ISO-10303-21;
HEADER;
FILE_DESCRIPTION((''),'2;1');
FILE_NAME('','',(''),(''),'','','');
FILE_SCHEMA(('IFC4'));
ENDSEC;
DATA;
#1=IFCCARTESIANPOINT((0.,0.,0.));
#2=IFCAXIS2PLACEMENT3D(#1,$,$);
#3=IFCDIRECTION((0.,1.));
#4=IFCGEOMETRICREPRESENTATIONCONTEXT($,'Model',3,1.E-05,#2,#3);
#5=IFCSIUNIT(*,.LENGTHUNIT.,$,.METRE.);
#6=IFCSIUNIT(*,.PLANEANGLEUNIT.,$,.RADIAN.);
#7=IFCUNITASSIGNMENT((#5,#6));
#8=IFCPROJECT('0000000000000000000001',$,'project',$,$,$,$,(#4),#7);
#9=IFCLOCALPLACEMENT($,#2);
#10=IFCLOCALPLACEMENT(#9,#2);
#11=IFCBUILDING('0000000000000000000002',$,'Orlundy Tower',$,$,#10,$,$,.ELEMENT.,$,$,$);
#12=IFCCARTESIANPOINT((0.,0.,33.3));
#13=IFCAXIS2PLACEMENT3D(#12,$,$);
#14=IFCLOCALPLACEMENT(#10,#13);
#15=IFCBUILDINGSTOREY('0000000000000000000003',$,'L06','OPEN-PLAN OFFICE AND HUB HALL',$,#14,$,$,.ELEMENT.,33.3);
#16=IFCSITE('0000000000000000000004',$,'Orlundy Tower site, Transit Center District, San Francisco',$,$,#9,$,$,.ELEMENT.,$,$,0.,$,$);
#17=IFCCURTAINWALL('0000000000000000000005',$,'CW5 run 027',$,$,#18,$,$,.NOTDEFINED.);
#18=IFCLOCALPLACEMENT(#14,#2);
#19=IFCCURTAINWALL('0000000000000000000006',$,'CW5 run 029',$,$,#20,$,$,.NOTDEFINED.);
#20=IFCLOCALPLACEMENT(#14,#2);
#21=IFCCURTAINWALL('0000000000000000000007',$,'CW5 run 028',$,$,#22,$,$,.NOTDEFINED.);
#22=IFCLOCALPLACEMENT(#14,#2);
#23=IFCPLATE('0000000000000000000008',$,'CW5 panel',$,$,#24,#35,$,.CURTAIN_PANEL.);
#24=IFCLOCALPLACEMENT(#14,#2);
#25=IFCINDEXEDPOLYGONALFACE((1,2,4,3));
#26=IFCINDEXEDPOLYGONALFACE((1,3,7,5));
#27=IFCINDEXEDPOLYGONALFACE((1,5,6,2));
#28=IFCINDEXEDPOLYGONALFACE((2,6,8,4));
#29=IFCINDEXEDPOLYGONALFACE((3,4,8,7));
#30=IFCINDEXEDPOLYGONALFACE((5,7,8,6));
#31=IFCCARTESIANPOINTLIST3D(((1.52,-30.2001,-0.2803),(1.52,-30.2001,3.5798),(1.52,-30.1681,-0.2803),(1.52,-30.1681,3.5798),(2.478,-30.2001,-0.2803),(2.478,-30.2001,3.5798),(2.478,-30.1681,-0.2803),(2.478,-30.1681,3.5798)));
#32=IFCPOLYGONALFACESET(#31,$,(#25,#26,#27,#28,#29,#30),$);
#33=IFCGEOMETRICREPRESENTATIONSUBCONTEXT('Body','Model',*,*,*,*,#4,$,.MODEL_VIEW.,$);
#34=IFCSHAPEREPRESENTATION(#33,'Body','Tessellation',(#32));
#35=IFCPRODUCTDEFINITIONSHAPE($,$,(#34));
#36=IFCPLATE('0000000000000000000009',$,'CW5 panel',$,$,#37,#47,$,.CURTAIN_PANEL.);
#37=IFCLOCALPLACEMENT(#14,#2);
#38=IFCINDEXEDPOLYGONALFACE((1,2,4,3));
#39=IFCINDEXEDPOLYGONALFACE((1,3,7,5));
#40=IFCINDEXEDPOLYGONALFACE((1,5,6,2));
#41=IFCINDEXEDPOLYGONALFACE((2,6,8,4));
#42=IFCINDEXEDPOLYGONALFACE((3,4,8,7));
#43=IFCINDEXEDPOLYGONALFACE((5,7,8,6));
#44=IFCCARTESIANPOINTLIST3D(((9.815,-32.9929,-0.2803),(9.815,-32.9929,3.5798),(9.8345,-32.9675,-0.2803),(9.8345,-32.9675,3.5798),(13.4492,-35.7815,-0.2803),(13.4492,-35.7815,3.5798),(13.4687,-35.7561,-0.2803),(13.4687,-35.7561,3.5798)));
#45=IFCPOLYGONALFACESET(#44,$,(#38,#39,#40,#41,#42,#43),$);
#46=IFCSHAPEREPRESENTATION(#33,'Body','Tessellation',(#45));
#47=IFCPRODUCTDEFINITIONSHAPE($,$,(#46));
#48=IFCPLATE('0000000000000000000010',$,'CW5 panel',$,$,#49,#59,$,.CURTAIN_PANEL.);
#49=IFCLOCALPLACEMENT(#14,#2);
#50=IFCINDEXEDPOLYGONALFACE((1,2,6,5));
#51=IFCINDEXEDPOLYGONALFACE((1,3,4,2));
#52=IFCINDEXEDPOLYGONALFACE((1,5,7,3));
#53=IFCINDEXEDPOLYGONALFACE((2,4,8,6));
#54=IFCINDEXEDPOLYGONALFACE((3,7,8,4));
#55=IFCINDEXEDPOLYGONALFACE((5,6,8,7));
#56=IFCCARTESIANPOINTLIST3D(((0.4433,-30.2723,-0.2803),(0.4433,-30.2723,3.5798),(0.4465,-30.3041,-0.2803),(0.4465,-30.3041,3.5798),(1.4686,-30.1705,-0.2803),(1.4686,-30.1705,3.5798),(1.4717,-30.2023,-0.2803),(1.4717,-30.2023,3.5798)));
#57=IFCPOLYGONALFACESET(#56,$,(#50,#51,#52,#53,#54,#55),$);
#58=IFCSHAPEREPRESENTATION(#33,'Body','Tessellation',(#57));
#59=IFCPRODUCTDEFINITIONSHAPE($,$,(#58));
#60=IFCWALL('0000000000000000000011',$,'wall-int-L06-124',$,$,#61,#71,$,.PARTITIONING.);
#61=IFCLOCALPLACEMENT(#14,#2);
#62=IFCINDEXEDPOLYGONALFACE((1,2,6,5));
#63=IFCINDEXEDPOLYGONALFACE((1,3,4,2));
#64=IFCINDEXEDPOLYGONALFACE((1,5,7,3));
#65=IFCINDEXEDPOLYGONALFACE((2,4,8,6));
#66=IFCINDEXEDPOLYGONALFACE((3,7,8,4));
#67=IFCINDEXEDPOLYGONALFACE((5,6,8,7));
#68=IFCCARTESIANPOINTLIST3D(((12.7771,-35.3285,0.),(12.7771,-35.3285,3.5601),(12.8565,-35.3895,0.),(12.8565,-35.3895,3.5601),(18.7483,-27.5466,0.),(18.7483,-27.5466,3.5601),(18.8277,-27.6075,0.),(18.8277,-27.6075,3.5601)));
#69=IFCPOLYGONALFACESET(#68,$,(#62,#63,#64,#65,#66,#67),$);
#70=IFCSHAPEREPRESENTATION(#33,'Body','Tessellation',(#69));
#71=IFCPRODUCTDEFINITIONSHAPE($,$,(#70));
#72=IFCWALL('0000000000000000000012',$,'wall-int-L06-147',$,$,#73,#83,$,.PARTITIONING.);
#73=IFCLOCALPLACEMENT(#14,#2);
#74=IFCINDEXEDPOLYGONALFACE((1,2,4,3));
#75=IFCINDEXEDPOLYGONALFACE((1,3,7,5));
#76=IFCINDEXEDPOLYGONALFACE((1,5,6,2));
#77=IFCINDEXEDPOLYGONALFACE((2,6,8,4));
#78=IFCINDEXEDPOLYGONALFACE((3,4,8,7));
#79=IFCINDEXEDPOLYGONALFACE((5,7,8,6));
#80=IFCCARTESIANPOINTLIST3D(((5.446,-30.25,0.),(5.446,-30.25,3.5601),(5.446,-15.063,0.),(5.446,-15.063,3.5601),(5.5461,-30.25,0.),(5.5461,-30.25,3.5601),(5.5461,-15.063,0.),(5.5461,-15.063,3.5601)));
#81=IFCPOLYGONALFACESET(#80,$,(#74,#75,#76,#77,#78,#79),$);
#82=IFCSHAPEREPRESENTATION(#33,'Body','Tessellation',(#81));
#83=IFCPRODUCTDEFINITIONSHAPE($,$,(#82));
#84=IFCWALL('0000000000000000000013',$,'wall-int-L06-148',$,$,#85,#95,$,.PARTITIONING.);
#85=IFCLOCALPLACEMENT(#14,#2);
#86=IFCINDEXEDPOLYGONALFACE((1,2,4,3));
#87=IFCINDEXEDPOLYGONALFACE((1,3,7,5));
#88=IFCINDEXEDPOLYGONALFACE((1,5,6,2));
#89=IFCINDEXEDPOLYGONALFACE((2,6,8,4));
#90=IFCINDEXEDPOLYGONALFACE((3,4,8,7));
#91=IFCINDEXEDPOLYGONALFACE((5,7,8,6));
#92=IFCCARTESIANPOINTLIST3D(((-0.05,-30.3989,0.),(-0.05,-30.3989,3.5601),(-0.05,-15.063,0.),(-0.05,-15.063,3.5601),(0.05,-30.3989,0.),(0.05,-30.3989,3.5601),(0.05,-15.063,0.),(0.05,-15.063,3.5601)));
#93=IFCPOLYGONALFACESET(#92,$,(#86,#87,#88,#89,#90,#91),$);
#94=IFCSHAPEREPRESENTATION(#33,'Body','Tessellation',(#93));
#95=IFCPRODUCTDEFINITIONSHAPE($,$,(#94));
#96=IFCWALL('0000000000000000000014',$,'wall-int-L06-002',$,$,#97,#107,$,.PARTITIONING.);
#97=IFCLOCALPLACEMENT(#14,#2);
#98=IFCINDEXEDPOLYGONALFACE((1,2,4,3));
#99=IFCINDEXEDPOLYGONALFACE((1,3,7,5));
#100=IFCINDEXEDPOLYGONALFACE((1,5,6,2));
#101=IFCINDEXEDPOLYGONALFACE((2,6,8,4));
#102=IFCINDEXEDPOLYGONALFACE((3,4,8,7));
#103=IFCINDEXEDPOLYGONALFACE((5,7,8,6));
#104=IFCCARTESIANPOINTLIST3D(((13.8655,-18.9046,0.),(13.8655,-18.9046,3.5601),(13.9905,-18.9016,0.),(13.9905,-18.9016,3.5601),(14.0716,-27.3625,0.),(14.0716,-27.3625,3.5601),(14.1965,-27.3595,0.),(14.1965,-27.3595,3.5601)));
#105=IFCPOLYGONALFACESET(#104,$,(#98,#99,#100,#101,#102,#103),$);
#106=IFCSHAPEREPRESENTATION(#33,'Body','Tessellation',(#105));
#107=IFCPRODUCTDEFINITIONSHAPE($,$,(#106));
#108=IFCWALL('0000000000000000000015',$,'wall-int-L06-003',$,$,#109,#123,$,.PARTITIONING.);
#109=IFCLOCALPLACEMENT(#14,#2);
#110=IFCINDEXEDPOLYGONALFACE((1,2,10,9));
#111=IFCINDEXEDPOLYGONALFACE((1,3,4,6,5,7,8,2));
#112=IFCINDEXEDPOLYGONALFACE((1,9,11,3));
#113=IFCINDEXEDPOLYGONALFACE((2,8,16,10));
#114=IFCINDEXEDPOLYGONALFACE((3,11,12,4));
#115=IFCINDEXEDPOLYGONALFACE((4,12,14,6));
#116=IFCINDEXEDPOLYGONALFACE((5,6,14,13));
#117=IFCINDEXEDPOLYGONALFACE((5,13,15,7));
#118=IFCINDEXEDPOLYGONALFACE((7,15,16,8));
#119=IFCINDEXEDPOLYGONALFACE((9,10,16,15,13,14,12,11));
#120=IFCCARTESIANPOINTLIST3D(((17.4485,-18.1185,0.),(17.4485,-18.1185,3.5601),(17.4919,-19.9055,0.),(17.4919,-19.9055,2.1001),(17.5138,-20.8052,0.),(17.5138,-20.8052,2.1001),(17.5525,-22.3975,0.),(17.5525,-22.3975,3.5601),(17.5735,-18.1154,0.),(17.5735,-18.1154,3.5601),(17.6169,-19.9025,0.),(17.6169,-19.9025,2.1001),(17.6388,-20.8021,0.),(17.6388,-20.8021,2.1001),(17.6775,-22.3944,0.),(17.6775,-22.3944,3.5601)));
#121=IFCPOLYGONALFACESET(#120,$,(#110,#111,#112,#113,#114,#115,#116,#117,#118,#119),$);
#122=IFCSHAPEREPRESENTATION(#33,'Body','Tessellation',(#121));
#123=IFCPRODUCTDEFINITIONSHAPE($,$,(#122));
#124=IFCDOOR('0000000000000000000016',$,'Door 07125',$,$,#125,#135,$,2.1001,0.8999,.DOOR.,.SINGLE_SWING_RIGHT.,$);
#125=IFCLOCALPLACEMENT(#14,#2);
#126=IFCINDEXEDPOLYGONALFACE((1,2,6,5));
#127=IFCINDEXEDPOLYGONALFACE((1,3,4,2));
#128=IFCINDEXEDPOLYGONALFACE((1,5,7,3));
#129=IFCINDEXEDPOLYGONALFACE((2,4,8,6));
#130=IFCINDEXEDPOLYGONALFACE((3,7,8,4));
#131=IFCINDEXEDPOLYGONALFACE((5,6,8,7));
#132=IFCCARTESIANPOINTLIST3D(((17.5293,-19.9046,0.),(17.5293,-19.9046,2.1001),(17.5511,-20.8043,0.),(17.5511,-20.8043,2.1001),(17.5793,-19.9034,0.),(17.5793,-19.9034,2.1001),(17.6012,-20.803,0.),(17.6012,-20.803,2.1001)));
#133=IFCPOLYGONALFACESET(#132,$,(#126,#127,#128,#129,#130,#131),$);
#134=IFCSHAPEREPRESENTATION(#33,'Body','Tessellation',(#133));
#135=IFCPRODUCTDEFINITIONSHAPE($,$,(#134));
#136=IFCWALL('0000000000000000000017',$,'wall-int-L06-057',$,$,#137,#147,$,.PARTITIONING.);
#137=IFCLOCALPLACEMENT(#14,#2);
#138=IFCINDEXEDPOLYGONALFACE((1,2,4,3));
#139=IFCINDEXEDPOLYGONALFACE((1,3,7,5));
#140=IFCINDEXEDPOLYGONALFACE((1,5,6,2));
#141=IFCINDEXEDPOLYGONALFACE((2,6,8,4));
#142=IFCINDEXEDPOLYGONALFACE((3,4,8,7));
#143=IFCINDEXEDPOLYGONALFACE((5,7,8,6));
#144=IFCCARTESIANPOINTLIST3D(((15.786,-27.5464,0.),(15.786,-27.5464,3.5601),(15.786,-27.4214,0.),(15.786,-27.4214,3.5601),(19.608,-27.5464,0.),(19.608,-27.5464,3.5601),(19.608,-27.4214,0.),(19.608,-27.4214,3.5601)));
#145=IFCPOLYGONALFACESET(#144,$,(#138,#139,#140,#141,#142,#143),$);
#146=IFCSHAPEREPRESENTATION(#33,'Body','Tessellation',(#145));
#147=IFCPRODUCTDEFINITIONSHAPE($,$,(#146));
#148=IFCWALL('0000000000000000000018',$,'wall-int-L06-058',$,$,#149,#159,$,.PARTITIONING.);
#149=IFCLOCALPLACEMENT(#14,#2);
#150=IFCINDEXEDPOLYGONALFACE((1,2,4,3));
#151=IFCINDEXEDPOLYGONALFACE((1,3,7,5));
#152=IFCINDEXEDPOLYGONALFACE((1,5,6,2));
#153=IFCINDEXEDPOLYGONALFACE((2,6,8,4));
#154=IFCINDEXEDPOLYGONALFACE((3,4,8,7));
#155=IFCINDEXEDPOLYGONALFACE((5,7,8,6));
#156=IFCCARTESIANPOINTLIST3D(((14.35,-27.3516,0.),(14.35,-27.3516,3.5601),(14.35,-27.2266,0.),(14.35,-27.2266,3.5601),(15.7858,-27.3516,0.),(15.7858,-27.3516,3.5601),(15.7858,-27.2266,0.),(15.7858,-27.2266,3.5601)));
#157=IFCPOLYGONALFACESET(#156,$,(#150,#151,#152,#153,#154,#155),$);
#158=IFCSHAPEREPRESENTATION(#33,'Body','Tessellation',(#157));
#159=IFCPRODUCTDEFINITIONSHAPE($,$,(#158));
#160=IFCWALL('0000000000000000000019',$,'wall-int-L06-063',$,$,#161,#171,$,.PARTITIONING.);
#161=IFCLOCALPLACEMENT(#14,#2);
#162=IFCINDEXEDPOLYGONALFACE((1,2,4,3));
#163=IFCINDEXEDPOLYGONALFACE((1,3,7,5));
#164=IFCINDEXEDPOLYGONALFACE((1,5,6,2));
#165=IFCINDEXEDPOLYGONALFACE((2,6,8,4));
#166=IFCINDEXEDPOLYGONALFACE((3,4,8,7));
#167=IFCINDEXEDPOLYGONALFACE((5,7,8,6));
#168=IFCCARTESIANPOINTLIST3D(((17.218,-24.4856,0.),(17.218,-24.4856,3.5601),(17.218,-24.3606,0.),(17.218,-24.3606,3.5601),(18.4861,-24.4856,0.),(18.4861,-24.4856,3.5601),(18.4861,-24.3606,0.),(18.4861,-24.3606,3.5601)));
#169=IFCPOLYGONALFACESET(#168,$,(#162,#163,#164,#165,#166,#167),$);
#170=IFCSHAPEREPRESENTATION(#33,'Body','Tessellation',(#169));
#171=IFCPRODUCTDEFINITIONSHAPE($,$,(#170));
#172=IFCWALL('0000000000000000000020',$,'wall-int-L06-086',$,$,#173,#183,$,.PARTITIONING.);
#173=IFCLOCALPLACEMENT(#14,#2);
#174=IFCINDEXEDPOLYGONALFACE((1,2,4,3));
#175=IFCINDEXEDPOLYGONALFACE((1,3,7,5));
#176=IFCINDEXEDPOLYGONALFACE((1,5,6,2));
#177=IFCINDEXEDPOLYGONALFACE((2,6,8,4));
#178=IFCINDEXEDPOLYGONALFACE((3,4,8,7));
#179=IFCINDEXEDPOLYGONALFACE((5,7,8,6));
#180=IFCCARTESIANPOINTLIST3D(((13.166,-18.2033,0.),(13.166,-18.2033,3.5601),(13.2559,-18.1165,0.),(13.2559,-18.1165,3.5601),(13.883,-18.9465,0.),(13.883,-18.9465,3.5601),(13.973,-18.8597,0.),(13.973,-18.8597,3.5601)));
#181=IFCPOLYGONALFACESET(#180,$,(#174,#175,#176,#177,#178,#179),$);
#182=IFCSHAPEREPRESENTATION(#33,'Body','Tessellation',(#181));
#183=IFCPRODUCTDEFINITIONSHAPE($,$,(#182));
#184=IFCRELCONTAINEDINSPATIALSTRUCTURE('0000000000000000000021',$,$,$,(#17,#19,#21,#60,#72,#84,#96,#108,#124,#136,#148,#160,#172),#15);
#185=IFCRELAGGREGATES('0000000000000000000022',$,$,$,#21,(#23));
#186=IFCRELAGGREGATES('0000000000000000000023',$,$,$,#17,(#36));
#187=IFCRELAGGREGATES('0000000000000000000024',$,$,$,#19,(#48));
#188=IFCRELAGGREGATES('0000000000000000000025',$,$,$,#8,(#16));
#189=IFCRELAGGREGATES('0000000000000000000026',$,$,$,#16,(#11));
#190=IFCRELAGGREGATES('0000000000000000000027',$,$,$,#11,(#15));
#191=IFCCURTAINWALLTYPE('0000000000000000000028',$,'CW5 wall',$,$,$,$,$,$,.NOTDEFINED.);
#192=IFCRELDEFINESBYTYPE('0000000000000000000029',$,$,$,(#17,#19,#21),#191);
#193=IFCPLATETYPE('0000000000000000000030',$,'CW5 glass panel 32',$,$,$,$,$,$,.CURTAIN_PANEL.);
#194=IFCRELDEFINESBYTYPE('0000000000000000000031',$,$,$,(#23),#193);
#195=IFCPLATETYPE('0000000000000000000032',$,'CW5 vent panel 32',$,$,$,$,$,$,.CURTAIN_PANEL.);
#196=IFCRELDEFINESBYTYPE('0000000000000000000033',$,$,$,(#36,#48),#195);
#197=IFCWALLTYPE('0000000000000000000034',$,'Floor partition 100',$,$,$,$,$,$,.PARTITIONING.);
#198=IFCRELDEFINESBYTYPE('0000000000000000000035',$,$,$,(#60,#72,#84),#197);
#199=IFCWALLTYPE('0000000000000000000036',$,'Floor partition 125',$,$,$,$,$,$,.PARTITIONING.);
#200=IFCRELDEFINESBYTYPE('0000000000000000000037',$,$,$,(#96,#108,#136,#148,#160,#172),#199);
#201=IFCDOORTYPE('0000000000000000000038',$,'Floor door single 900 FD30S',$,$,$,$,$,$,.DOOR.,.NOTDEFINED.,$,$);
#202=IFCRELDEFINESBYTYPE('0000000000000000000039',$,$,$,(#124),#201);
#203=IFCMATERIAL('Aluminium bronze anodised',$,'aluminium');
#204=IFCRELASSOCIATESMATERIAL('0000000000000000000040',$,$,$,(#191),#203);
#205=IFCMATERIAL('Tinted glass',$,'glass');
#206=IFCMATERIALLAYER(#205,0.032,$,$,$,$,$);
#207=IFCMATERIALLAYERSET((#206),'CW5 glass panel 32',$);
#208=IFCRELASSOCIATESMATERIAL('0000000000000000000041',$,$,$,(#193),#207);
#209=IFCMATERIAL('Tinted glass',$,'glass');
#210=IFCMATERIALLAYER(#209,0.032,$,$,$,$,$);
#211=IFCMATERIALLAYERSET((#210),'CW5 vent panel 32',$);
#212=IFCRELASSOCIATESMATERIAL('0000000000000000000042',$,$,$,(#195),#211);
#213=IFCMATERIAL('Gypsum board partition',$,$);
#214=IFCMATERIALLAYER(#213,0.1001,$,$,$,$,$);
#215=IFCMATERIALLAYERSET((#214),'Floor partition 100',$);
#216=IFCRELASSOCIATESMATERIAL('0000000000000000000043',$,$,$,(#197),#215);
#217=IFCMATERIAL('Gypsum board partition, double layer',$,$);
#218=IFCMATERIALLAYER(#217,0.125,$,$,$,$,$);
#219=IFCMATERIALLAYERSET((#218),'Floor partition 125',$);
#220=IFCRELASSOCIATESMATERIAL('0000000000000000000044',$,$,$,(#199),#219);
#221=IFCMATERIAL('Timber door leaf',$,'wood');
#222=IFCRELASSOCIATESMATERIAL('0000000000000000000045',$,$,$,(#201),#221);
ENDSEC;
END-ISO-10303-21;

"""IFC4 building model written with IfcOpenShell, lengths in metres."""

from ifc_helpers import new_model, si_unit, direction, frame, frame_2d, origin, origin_2d, place, context, subcontext, project, spatial, rectangle, extrude, material, layer, layer_set, type_object, element, fill, aggregate, save


model = new_model("IFC4")

# Units and contexts
model_context = context("Model", 3, precision=1e-05, world=origin(), true_north=direction((0.0, 1.0)))
body_context = subcontext(model_context, "Body", "Model", "MODEL_VIEW")
ifc_project = project(units=[si_unit("LENGTHUNIT", "METRE"), si_unit("PLANEANGLEUNIT", "RADIAN")], contexts=[model_context])

# Site, building, storey
site_placement = place(None, origin())
site = spatial("IfcSite", under=ifc_project, at=site_placement, Name="Orlundy Tower site, Transit Center District, San Francisco", CompositionType="ELEMENT", RefElevation=0.0)
building_placement = place(site_placement, origin())
building = spatial("IfcBuilding", under=site, at=building_placement, Name="Orlundy Tower", CompositionType="ELEMENT")
storey_placement = place(building_placement, frame((0.0, 0.0, 33.3)))
storey = spatial("IfcBuildingStorey", under=building, at=storey_placement, Name="L06", Description="OPEN-PLAN OFFICE AND HUB HALL", CompositionType="ELEMENT", Elevation=33.3)

# Curtain wall
ifc_material_1 = material(Name="Aluminium bronze anodised", Category="aluminium")
curtain_wall_type = type_object("IfcCurtainWallType", Name="CW5 wall", PredefinedType="NOTDEFINED", material=ifc_material_1)
curtain_wall_1_placement = place(storey_placement, origin())
curtain_wall_1 = element("IfcCurtainWall", 1, at=curtain_wall_1_placement, inside=storey, type_object=curtain_wall_type, Name="CW5 run 027", PredefinedType="NOTDEFINED")

# Curtain wall
curtain_wall_2_placement = place(storey_placement, origin())
curtain_wall_2 = element("IfcCurtainWall", 2, at=curtain_wall_2_placement, inside=storey, type_object=curtain_wall_type, Name="CW5 run 029", PredefinedType="NOTDEFINED")

# Curtain wall
curtain_wall_3_placement = place(storey_placement, origin())
curtain_wall_3 = element("IfcCurtainWall", 3, at=curtain_wall_3_placement, inside=storey, type_object=curtain_wall_type, Name="CW5 run 028", PredefinedType="NOTDEFINED")

# Plates
ifc_material_2 = material(Name="Tinted glass", Category="glass")
ifc_layer_1 = layer(ifc_material_2, 0.032)
ifc_layer_set_1 = layer_set([ifc_layer_1], Name="CW5 glass panel 32")
plate_type_1 = type_object("IfcPlateType", Name="CW5 glass panel 32", PredefinedType="CURTAIN_PANEL", material=ifc_layer_set_1)
plate_1_placement = place(storey_placement, frame((1.999, -30.1841, -0.2803), z_axis=(0.0, 0.0, 1.0), x_axis=(-1.0, 0.0, 0.0)))
plate_1 = element("IfcPlate", 4, at=plate_1_placement, type_object=plate_type_1, Name="CW5 panel", PredefinedType="CURTAIN_PANEL", context=body_context, shape_type="SweptSolid", body=[
    extrude(rectangle(XDim=0.958, YDim=0.032, at=origin_2d()), origin(), (0.0, 0.0, 1.0), 3.8601),
])
aggregate(curtain_wall_3, [plate_1])
ifc_material_3 = material(Name="Tinted glass", Category="glass")
ifc_layer_2 = layer(ifc_material_3, 0.032)
ifc_layer_set_2 = layer_set([ifc_layer_2], Name="CW5 vent panel 32")
plate_type_2 = type_object("IfcPlateType", Name="CW5 vent panel 32", PredefinedType="CURTAIN_PANEL", material=ifc_layer_set_2)
plate_2_placement = place(storey_placement, frame((11.6418, -34.3745, -0.2803), z_axis=(0.0, 0.0, 1.0), x_axis=(-0.793357, 0.608757, 0.0)))
plate_2 = element("IfcPlate", 5, at=plate_2_placement, type_object=plate_type_2, Name="CW5 panel", PredefinedType="CURTAIN_PANEL", context=body_context, shape_type="SweptSolid", body=[
    extrude(rectangle(XDim=4.5808, YDim=0.032, at=origin_2d()), origin(), (0.0, 0.0, 1.0), 3.8601),
])
aggregate(curtain_wall_1, [plate_2])
plate_3_placement = place(storey_placement, frame((0.9575, -30.2373, -0.2803), z_axis=(0.0, 0.0, 1.0), x_axis=(-0.995112, -0.098755, 0.0)))
plate_3 = element("IfcPlate", 6, at=plate_3_placement, type_object=plate_type_2, Name="CW5 panel", PredefinedType="CURTAIN_PANEL", context=body_context, shape_type="SweptSolid", body=[
    extrude(rectangle(XDim=1.0303, YDim=0.032, at=origin_2d()), origin(), (0.0, 0.0, 1.0), 3.8601),
])
aggregate(curtain_wall_2, [plate_3])

# Walls
ifc_material_4 = material(Name="Gypsum board partition")
ifc_layer_3 = layer(ifc_material_4, 0.1001)
ifc_layer_set_3 = layer_set([ifc_layer_3], Name="Floor partition 100")
wall_type_1 = type_object("IfcWallType", Name="Floor partition 100", PredefinedType="PARTITIONING", material=ifc_layer_set_3)
wall_1_placement = place(storey_placement, frame((12.8169, -35.3589, 0.0), z_axis=(0.0, 0.0, 1.0), x_axis=(0.608753, 0.79336, 0.0)))
element("IfcWall", 7, at=wall_1_placement, inside=storey, type_object=wall_type_1, Name="wall-int-L06-124", PredefinedType="PARTITIONING", context=body_context, shape_type="SweptSolid", body=[
    extrude(rectangle(XDim=9.8088, YDim=0.1001, at=frame_2d((4.9043, 0.0))), origin(), (0.0, 0.0, 1.0), 3.5601),
])
wall_2_placement = place(storey_placement, frame((5.4961, -30.25, 0.0), z_axis=(0.0, 0.0, 1.0), x_axis=(0.0, 1.0, 0.0)))
element("IfcWall", 8, at=wall_2_placement, inside=storey, type_object=wall_type_1, Name="wall-int-L06-147", PredefinedType="PARTITIONING", context=body_context, shape_type="SweptSolid", body=[
    extrude(rectangle(XDim=15.187, YDim=0.1001, at=frame_2d((7.5935, 0.0))), origin(), (0.0, 0.0, 1.0), 3.5601),
])
wall_3_placement = place(storey_placement, frame((0.0, -30.3989, 0.0), z_axis=(0.0, 0.0, 1.0), x_axis=(0.0, 1.0, 0.0)))
element("IfcWall", 9, at=wall_3_placement, inside=storey, type_object=wall_type_1, Name="wall-int-L06-148", PredefinedType="PARTITIONING", context=body_context, shape_type="SweptSolid", body=[
    extrude(rectangle(XDim=15.3359, YDim=0.1001, at=frame_2d((7.668, 0.0))), origin(), (0.0, 0.0, 1.0), 3.5601),
])
ifc_material_5 = material(Name="Gypsum board partition, double layer")
ifc_layer_4 = layer(ifc_material_5, 0.125)
ifc_layer_set_4 = layer_set([ifc_layer_4], Name="Floor partition 125")
wall_type_2 = type_object("IfcWallType", Name="Floor partition 125", PredefinedType="PARTITIONING", material=ifc_layer_set_4)
wall_4_placement = place(storey_placement, frame((13.928, -18.9031, 0.0), z_axis=(0.0, 0.0, 1.0), x_axis=(0.024355, -0.999703, 0.0)))
element("IfcWall", 10, at=wall_4_placement, inside=storey, type_object=wall_type_2, Name="wall-int-L06-002", PredefinedType="PARTITIONING", context=body_context, shape_type="SweptSolid", body=[
    extrude(rectangle(XDim=8.4604, YDim=0.125, at=frame_2d((4.2302, 0.0))), origin(), (0.0, 0.0, 1.0), 3.5601),
])

# Wall, opening, door
wall_5_placement = place(storey_placement, frame((17.511, -18.1169, 0.0), z_axis=(0.0, 0.0, 1.0), x_axis=(0.024298, -0.999705, 0.0)))
wall_5 = element("IfcWall", 11, at=wall_5_placement, inside=storey, type_object=wall_type_2, Name="wall-int-L06-003", PredefinedType="PARTITIONING", context=body_context, shape_type="SweptSolid", body=[
    extrude(rectangle(XDim=4.2803, YDim=0.125, at=frame_2d((2.1401, 0.0))), origin(), (0.0, 0.0, 1.0), 3.5601),
])
opening_placement = place(wall_5_placement, frame((1.7876, 0.0, 0.0)))
opening = element("IfcOpeningElement", 12, at=opening_placement, cuts=wall_5, PredefinedType="OPENING", context=body_context, shape_type="SweptSolid", body=[
    extrude(rectangle(XDim=0.8999, YDim=2.1001, at=frame_2d((0.45, 1.05))), frame((0.0, 0.0725, 0.0), z_axis=(0.0, -1.0, 0.0), x_axis=(1.0, 0.0, 0.0)), (0.0, 0.0, 1.0), 0.145),
])
ifc_material_6 = material(Name="Timber door leaf", Category="wood")
door_type = type_object("IfcDoorType", Name="Floor door single 900 FD30S", OperationType="NOTDEFINED", PredefinedType="DOOR", material=ifc_material_6)
door_placement = place(opening_placement, origin())
door = element("IfcDoor", 13, at=door_placement, inside=storey, type_object=door_type, Name="Door 07125", OperationType="SINGLE_SWING_RIGHT", OverallHeight=2.1001, OverallWidth=0.8999, PredefinedType="DOOR", context=body_context, shape_type="SweptSolid", body=[
    extrude(rectangle(XDim=0.8999, YDim=2.1001, at=frame_2d((0.45, 1.05))), frame((0.0, 0.0249, 0.0), z_axis=(0.0, -1.0, 0.0), x_axis=(1.0, 0.0, 0.0)), (0.0, 0.0, 1.0), 0.05),
])
fill(opening, door)

# Walls
wall_6_placement = place(storey_placement, frame((15.7859, -27.4839, 0.0), z_axis=(0.0, 0.0, 1.0), x_axis=(1.0, 0.0, 0.0)))
element("IfcWall", 14, at=wall_6_placement, inside=storey, type_object=wall_type_2, Name="wall-int-L06-057", PredefinedType="PARTITIONING", context=body_context, shape_type="SweptSolid", body=[
    extrude(rectangle(XDim=3.822, YDim=0.125, at=frame_2d((1.9111, 0.0))), origin(), (0.0, 0.0, 1.0), 3.5601),
])
wall_7_placement = place(storey_placement, frame((14.3501, -27.2891, 0.0), z_axis=(0.0, 0.0, 1.0), x_axis=(1.0, 0.0, 0.0)))
element("IfcWall", 15, at=wall_7_placement, inside=storey, type_object=wall_type_2, Name="wall-int-L06-058", PredefinedType="PARTITIONING", context=body_context, shape_type="SweptSolid", body=[
    extrude(rectangle(XDim=1.4358, YDim=0.125, at=frame_2d((0.7178, 0.0))), origin(), (0.0, 0.0, 1.0), 3.5601),
])
wall_8_placement = place(storey_placement, frame((17.218, -24.4231, 0.0), z_axis=(0.0, 0.0, 1.0), x_axis=(1.0, 0.0, 0.0)))
element("IfcWall", 16, at=wall_8_placement, inside=storey, type_object=wall_type_2, Name="wall-int-L06-063", PredefinedType="PARTITIONING", context=body_context, shape_type="SweptSolid", body=[
    extrude(rectangle(XDim=1.2681, YDim=0.125, at=frame_2d((0.634, 0.0))), origin(), (0.0, 0.0, 1.0), 3.5601),
])
wall_9_placement = place(storey_placement, frame((13.2109, -18.1599, 0.0), z_axis=(0.0, 0.0, 1.0), x_axis=(0.694346, -0.719642, 0.0)))
element("IfcWall", 17, at=wall_9_placement, inside=storey, type_object=wall_type_2, Name="wall-int-L06-086", PredefinedType="PARTITIONING", context=body_context, shape_type="SweptSolid", body=[
    extrude(rectangle(XDim=1.0327, YDim=0.125, at=frame_2d((0.5164, 0.0))), origin(), (0.0, 0.0, 1.0), 3.5601),
])

save(model, "model.ifc")
